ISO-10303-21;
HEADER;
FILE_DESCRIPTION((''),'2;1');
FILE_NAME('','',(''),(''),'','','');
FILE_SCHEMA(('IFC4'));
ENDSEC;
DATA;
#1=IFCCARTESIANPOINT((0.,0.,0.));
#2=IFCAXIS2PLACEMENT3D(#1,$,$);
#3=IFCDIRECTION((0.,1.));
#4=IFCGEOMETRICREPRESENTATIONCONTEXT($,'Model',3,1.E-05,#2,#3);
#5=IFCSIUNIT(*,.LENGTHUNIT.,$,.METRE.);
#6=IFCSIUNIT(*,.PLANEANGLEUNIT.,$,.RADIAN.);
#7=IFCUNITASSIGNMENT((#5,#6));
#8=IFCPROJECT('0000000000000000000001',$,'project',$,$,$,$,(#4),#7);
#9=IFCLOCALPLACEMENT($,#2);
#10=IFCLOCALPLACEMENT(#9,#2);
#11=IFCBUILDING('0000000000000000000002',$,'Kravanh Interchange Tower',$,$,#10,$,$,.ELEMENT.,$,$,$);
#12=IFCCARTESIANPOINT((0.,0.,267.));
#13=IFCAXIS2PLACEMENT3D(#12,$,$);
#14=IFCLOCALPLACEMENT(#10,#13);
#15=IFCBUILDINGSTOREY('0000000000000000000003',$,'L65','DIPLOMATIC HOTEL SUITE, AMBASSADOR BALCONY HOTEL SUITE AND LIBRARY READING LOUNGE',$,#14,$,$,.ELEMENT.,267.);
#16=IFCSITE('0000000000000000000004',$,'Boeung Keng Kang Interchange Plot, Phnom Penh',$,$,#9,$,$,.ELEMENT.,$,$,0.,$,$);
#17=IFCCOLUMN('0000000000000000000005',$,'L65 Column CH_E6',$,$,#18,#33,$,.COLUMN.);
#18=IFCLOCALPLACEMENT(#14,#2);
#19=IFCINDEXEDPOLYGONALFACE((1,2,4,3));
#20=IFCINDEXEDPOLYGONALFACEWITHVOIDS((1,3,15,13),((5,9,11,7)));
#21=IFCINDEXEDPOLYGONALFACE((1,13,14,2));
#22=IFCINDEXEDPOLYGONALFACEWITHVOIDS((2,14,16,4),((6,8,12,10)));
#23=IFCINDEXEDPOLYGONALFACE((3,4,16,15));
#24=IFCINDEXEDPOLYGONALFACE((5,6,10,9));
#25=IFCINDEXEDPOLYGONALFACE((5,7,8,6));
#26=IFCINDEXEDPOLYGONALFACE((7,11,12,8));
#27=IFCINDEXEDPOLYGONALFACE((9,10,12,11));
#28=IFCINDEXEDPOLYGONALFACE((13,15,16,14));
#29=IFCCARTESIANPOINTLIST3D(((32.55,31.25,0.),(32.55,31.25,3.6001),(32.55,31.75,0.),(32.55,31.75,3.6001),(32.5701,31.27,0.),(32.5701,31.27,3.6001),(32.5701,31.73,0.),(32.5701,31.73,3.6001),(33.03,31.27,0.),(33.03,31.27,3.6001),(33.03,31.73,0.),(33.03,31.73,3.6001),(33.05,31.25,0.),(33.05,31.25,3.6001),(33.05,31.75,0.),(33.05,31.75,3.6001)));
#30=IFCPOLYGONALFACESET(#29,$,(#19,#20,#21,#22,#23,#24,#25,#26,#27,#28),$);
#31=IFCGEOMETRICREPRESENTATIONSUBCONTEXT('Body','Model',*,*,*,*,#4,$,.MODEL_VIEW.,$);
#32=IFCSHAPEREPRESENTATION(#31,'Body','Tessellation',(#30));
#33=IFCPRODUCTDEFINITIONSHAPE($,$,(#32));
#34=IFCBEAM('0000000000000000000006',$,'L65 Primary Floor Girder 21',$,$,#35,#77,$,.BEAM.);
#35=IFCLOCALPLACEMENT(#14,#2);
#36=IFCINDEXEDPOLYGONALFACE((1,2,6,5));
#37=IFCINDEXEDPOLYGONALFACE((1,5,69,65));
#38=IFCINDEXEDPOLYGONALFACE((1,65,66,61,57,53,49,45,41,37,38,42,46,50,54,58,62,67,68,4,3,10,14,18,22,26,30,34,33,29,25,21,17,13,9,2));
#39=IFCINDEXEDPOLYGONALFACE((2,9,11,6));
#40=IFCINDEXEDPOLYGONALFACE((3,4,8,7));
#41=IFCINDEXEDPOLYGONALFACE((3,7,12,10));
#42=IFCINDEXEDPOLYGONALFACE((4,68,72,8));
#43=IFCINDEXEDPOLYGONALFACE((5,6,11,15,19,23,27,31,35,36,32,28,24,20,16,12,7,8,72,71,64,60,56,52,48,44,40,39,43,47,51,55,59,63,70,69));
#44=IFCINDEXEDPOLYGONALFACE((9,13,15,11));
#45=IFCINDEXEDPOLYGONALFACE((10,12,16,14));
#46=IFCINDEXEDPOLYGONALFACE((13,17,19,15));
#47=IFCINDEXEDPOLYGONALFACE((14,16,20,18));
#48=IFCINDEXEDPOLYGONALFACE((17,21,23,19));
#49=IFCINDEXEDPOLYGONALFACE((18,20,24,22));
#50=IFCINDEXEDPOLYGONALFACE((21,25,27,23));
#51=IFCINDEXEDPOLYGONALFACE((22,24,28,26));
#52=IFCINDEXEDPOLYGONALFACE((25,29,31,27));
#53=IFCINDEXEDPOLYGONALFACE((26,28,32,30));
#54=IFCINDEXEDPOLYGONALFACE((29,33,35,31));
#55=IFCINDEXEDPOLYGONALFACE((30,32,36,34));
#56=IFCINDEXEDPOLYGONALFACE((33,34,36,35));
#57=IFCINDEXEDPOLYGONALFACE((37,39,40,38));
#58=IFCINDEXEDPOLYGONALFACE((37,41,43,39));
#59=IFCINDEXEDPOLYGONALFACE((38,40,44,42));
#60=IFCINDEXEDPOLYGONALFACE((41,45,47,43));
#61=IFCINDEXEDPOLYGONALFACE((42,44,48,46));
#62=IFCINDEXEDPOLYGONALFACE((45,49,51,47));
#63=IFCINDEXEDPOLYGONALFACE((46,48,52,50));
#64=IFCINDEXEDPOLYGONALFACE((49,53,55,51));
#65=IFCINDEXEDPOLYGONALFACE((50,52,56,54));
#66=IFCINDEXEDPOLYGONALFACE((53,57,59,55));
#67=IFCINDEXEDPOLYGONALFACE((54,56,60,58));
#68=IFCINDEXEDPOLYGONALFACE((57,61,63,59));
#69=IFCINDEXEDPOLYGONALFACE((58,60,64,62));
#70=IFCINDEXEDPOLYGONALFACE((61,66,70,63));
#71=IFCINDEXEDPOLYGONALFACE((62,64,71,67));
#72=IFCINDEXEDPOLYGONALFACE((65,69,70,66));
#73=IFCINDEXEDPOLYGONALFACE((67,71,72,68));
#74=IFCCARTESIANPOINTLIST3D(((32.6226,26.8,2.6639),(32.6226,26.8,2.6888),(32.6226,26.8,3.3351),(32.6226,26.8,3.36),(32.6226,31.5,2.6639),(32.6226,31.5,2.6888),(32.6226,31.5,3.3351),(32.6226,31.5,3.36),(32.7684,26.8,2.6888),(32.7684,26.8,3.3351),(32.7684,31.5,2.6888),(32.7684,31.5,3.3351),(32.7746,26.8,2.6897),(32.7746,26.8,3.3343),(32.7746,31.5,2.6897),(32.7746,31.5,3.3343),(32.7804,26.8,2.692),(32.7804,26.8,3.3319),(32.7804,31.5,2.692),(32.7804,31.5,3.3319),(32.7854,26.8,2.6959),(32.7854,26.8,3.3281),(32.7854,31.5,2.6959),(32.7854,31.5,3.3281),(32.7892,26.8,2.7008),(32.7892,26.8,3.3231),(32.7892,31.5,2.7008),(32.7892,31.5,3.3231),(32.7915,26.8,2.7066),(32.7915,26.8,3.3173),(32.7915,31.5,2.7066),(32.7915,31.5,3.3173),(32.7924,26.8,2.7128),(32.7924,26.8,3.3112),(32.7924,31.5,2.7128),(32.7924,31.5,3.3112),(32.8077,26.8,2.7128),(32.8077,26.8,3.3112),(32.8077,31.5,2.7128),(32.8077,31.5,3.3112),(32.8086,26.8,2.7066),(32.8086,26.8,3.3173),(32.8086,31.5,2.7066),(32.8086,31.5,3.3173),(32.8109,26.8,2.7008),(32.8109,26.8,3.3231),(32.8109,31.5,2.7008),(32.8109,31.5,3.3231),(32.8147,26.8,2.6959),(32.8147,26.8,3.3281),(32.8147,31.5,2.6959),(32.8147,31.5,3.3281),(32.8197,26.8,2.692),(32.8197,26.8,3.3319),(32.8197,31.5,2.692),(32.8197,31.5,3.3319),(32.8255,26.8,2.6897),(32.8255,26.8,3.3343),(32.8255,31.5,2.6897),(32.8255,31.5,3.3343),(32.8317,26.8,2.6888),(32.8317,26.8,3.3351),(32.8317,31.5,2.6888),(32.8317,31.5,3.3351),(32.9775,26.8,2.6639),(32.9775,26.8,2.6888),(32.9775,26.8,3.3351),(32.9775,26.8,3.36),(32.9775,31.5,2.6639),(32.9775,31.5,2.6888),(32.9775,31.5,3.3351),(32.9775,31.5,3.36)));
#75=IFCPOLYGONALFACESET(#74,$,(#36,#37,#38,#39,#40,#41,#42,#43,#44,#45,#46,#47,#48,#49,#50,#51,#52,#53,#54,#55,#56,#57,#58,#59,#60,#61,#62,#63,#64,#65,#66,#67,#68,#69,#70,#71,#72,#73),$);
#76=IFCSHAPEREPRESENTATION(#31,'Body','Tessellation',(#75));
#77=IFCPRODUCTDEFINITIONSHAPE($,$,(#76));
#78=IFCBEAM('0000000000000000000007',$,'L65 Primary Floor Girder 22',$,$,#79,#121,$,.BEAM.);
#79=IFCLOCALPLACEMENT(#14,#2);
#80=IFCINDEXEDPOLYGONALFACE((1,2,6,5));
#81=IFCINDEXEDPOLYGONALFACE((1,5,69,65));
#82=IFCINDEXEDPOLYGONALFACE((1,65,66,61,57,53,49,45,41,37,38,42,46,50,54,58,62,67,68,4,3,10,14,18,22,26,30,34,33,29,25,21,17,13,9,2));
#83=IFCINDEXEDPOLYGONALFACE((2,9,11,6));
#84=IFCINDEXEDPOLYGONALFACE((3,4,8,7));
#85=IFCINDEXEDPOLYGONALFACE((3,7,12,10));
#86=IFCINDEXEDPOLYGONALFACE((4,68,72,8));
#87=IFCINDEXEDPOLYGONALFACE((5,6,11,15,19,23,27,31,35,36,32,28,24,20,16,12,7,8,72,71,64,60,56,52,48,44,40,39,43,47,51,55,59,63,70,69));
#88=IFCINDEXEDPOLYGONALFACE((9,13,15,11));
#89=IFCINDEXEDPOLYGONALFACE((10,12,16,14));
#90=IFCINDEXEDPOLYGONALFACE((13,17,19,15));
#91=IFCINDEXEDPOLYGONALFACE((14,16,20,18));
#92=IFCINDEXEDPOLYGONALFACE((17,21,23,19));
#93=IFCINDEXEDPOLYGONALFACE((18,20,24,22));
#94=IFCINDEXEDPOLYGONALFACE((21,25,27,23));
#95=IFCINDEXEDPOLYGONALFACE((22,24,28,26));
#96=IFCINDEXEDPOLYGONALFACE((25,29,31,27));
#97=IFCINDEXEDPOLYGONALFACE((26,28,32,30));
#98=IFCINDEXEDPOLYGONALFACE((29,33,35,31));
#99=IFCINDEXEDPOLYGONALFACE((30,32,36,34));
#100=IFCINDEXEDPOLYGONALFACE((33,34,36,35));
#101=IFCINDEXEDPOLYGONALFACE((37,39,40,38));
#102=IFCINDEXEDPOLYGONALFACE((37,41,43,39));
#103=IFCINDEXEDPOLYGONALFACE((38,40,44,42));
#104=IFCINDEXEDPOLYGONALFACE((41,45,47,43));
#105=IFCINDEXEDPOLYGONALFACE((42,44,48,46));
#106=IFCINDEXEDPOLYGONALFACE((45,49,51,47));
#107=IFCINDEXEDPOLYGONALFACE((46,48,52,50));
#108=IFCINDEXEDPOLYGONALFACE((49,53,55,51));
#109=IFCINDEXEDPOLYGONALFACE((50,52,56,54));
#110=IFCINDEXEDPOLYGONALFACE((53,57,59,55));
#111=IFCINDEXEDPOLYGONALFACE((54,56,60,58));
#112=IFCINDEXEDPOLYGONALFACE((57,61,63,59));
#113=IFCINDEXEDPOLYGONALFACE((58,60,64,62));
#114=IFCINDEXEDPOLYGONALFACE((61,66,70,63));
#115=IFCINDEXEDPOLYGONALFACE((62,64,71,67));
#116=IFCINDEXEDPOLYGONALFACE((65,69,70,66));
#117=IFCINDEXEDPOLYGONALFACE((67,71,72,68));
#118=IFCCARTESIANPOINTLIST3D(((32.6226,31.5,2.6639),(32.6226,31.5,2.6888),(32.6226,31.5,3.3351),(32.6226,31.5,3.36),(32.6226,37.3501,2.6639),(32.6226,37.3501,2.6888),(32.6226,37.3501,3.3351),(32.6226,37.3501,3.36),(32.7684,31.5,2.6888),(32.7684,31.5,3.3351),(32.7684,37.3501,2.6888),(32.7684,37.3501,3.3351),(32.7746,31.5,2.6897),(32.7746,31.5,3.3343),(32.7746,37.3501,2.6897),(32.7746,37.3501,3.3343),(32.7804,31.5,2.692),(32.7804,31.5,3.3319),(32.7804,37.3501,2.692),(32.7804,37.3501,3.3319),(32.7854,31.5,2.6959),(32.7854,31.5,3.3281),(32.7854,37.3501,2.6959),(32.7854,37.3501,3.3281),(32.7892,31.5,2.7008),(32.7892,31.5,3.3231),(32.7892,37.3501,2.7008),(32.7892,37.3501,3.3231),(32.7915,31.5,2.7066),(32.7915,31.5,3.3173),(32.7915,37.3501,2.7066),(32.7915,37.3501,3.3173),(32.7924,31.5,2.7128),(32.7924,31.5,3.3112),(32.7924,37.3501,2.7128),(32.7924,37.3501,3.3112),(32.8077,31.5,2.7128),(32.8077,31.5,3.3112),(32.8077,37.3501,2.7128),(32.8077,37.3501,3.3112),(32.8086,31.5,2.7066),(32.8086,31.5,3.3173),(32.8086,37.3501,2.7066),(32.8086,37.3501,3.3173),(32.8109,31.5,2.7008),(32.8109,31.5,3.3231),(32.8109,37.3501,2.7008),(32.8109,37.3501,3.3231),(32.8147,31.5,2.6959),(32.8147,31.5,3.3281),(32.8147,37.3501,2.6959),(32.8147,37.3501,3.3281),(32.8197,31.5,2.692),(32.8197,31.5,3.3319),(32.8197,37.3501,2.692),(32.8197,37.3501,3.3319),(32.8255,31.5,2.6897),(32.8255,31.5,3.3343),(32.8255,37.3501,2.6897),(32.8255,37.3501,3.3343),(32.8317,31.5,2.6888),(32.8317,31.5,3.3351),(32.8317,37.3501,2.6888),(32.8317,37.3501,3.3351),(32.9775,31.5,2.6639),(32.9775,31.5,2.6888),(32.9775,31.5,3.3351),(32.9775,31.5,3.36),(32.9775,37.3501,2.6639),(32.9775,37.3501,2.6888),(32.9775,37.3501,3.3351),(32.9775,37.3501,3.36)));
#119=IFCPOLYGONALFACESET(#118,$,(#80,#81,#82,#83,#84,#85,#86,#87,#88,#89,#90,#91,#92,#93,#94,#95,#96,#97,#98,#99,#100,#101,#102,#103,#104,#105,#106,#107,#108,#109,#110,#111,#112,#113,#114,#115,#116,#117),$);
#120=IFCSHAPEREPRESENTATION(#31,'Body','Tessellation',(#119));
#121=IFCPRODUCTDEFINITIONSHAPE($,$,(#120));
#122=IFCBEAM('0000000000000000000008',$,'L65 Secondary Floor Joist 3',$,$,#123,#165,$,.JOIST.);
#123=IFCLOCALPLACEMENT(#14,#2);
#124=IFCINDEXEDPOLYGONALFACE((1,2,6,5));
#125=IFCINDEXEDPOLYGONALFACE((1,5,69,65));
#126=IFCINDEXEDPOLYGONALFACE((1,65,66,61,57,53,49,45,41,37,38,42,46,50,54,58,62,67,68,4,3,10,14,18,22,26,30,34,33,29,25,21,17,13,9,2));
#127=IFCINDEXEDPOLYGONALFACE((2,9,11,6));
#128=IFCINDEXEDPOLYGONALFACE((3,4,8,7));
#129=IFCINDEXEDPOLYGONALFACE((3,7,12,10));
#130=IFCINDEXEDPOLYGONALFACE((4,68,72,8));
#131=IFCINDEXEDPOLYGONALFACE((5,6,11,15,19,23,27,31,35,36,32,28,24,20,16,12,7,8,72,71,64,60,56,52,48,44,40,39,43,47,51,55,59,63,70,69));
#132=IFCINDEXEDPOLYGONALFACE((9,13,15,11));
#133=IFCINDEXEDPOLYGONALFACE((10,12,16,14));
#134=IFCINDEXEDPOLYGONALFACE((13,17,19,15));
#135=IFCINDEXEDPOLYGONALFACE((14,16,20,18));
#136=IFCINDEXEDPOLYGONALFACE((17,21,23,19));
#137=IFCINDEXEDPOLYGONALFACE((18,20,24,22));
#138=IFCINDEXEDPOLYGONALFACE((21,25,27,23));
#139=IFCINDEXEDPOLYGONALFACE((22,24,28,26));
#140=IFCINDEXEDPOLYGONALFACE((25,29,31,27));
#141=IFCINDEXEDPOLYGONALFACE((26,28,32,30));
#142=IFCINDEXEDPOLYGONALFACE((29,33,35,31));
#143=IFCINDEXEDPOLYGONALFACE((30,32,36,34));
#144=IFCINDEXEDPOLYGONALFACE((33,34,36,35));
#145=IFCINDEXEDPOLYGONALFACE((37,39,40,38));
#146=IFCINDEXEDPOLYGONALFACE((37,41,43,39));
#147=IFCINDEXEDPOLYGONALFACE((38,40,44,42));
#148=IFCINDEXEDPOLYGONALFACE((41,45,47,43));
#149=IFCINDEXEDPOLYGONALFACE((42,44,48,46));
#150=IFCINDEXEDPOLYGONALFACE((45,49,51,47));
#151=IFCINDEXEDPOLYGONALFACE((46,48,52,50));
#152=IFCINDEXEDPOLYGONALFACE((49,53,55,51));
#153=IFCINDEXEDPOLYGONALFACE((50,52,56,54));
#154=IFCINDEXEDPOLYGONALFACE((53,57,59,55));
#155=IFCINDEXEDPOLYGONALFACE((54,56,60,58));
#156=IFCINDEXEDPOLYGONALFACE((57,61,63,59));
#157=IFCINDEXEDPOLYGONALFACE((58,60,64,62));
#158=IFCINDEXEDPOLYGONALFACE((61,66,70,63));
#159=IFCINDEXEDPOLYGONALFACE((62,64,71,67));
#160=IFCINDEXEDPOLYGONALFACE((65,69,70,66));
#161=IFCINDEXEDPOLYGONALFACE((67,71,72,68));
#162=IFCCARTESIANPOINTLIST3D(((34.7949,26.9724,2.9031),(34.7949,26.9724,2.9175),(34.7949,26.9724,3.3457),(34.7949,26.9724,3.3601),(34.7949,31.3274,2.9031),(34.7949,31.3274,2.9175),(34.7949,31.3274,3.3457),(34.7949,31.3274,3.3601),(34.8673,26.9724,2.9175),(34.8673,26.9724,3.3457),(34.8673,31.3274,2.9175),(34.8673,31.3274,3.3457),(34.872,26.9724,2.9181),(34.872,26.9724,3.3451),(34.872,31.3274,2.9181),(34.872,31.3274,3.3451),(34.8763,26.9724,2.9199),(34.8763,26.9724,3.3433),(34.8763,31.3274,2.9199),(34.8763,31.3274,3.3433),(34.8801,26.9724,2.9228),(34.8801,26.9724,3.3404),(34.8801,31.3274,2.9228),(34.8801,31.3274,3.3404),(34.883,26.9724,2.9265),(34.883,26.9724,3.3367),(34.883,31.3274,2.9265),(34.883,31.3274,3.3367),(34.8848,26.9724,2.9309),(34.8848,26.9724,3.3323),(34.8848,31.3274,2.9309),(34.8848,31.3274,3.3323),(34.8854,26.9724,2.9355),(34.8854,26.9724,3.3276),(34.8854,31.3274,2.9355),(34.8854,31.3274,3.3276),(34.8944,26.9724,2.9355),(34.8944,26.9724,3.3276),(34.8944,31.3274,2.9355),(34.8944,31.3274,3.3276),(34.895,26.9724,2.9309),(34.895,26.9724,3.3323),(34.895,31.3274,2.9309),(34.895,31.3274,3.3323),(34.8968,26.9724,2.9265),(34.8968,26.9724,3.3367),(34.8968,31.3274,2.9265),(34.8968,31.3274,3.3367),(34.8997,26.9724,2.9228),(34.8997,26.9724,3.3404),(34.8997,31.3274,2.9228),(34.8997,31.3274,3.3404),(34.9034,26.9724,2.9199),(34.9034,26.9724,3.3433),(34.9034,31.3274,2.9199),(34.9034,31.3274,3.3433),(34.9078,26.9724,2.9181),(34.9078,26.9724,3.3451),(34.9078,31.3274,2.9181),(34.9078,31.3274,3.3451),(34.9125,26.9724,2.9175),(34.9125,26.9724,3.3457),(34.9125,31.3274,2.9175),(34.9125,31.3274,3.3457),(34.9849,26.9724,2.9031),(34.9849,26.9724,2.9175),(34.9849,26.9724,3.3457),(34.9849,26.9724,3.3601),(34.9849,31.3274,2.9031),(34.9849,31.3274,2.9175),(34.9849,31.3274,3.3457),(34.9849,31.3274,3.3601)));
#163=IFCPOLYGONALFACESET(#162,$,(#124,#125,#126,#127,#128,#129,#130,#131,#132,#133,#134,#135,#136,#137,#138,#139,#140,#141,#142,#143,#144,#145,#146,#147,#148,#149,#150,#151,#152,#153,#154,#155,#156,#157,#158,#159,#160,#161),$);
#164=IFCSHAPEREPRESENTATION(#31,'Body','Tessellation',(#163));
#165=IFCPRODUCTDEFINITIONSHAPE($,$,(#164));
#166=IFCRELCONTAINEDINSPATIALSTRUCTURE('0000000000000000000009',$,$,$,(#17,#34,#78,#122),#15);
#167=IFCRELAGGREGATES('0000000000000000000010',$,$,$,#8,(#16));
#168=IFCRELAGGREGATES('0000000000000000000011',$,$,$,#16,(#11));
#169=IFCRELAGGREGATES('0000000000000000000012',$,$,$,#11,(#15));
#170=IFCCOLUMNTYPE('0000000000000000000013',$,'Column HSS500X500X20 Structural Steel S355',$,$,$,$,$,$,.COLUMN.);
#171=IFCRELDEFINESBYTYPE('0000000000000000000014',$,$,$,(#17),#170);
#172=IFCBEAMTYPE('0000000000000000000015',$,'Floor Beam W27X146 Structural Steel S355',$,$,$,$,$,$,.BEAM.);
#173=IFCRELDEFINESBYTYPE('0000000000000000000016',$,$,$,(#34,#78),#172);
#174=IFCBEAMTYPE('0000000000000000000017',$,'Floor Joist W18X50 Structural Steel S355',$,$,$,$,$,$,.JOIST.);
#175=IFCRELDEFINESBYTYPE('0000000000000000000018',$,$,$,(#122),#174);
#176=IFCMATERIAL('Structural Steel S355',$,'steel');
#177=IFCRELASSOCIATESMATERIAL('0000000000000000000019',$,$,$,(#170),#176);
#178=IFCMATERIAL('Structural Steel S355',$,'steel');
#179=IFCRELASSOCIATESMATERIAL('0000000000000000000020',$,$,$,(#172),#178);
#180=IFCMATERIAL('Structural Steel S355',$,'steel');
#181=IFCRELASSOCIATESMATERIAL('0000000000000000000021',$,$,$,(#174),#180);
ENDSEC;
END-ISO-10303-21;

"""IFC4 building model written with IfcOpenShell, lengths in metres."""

from ifc_helpers import new_model, si_unit, direction, frame, origin, origin_2d, place, context, subcontext, project, spatial, hollow_rectangle, i_section, extrude, material, material_profile, profile_set, type_object, element, save


model = new_model("IFC4")

# Units and contexts
model_context = context("Model", 3, precision=1e-05, world=origin(), true_north=direction((0.0, 1.0)))
body_context = subcontext(model_context, "Body", "Model", "MODEL_VIEW")
ifc_project = project(units=[si_unit("LENGTHUNIT", "METRE"), si_unit("PLANEANGLEUNIT", "RADIAN")], contexts=[model_context])

# Site, building, storey
site_placement = place(None, origin())
site = spatial("IfcSite", under=ifc_project, at=site_placement, Name="Boeung Keng Kang Interchange Plot, Phnom Penh", CompositionType="ELEMENT", RefElevation=0.0)
building_placement = place(site_placement, origin())
building = spatial("IfcBuilding", under=site, at=building_placement, Name="Kravanh Interchange Tower", CompositionType="ELEMENT")
storey_placement = place(building_placement, frame((0.0, 0.0, 267.0)))
storey = spatial("IfcBuildingStorey", under=building, at=storey_placement, Name="L65", Description="DIPLOMATIC HOTEL SUITE, AMBASSADOR BALCONY HOTEL SUITE AND LIBRARY READING LOUNGE", CompositionType="ELEMENT", Elevation=267.0)

# Column
ifc_material_1 = material(Name="Structural Steel S355", Category="steel")
ifc_material_profile_1 = material_profile(ifc_material_1, hollow_rectangle(XDim=0.5, YDim=0.5, WallThickness=0.02, at=origin_2d()), Name="HSS500X500X20")
ifc_profile_set_1 = profile_set([ifc_material_profile_1], Name="Structural Steel S355")
column_type = type_object("IfcColumnType", Name="Column HSS500X500X20 Structural Steel S355", PredefinedType="COLUMN", material=ifc_profile_set_1)
column_placement = place(storey_placement, frame((32.8, 31.5, 0.0), z_axis=(0.0, 0.0, 1.0), x_axis=(1.0, 0.0, 0.0)))
element("IfcColumn", 1, at=column_placement, inside=storey, type_object=column_type, Name="L65 Column CH_E6", PredefinedType="COLUMN", context=body_context, shape_type="SweptSolid", body=[
    extrude(hollow_rectangle(XDim=0.5, YDim=0.5, WallThickness=0.02, at=origin_2d()), origin(), (0.0, 0.0, 1.0), 3.6001),
])

# Beams
ifc_material_2 = material(Name="Structural Steel S355", Category="steel")
ifc_material_profile_2 = material_profile(ifc_material_2, i_section(OverallWidth=0.355, OverallDepth=0.696, WebThickness=0.0154, FlangeThickness=0.0249, FilletRadius=0.0239, at=origin_2d()), Name="W27X146")
ifc_profile_set_2 = profile_set([ifc_material_profile_2], Name="Structural Steel S355")
beam_type_1 = type_object("IfcBeamType", Name="Floor Beam W27X146 Structural Steel S355", PredefinedType="BEAM", material=ifc_profile_set_2)
beam_1_placement = place(storey_placement, frame((32.8, 31.5, 3.012), z_axis=(0.0, -1.0, 0.0), x_axis=(1.0, 0.0, 0.0)))
element("IfcBeam", 2, at=beam_1_placement, inside=storey, type_object=beam_type_1, Name="L65 Primary Floor Girder 21", PredefinedType="BEAM", context=body_context, shape_type="SweptSolid", body=[
    extrude(i_section(OverallWidth=0.355, OverallDepth=0.696, WebThickness=0.0154, FlangeThickness=0.0249, FilletRadius=0.0239, at=origin_2d()), origin(), (0.0, 0.0, 1.0), 4.7),
])
beam_2_placement = place(storey_placement, frame((32.8, 31.5, 3.012), z_axis=(0.0, 1.0, 0.0), x_axis=(-1.0, 0.0, 0.0)))
element("IfcBeam", 3, at=beam_2_placement, inside=storey, type_object=beam_type_1, Name="L65 Primary Floor Girder 22", PredefinedType="BEAM", context=body_context, shape_type="SweptSolid", body=[
    extrude(i_section(OverallWidth=0.355, OverallDepth=0.696, WebThickness=0.0154, FlangeThickness=0.0249, FilletRadius=0.0239, at=origin_2d()), origin(), (0.0, 0.0, 1.0), 5.8501),
])
ifc_material_3 = material(Name="Structural Steel S355", Category="steel")
ifc_material_profile_3 = material_profile(ifc_material_3, i_section(OverallWidth=0.1899, OverallDepth=0.457, WebThickness=0.009, FlangeThickness=0.0144, FilletRadius=0.0181, at=origin_2d()), Name="W18X50")
ifc_profile_set_3 = profile_set([ifc_material_profile_3], Name="Structural Steel S355")
beam_type_2 = type_object("IfcBeamType", Name="Floor Joist W18X50 Structural Steel S355", PredefinedType="JOIST", material=ifc_profile_set_3)
for number, where, z_axis, x_axis, name in (
    (4, (34.8899, 26.9724, 3.1316), (0.0, 1.0, 0.0), (-1.0, 0.0, 0.0), "L65 Secondary Floor Joist 3"),
):
    element("IfcBeam", number, at=place(storey_placement, frame(where, z_axis=z_axis, x_axis=x_axis)), inside=storey, type_object=beam_type_2, Name=name, PredefinedType="JOIST", context=body_context, shape_type="SweptSolid", body=[
        extrude(i_section(OverallWidth=0.1899, OverallDepth=0.457, WebThickness=0.009, FlangeThickness=0.0144, FilletRadius=0.0181, at=origin_2d()), origin(), (0.0, 0.0, 1.0), 4.355),
    ])

save(model, "model.ifc")
